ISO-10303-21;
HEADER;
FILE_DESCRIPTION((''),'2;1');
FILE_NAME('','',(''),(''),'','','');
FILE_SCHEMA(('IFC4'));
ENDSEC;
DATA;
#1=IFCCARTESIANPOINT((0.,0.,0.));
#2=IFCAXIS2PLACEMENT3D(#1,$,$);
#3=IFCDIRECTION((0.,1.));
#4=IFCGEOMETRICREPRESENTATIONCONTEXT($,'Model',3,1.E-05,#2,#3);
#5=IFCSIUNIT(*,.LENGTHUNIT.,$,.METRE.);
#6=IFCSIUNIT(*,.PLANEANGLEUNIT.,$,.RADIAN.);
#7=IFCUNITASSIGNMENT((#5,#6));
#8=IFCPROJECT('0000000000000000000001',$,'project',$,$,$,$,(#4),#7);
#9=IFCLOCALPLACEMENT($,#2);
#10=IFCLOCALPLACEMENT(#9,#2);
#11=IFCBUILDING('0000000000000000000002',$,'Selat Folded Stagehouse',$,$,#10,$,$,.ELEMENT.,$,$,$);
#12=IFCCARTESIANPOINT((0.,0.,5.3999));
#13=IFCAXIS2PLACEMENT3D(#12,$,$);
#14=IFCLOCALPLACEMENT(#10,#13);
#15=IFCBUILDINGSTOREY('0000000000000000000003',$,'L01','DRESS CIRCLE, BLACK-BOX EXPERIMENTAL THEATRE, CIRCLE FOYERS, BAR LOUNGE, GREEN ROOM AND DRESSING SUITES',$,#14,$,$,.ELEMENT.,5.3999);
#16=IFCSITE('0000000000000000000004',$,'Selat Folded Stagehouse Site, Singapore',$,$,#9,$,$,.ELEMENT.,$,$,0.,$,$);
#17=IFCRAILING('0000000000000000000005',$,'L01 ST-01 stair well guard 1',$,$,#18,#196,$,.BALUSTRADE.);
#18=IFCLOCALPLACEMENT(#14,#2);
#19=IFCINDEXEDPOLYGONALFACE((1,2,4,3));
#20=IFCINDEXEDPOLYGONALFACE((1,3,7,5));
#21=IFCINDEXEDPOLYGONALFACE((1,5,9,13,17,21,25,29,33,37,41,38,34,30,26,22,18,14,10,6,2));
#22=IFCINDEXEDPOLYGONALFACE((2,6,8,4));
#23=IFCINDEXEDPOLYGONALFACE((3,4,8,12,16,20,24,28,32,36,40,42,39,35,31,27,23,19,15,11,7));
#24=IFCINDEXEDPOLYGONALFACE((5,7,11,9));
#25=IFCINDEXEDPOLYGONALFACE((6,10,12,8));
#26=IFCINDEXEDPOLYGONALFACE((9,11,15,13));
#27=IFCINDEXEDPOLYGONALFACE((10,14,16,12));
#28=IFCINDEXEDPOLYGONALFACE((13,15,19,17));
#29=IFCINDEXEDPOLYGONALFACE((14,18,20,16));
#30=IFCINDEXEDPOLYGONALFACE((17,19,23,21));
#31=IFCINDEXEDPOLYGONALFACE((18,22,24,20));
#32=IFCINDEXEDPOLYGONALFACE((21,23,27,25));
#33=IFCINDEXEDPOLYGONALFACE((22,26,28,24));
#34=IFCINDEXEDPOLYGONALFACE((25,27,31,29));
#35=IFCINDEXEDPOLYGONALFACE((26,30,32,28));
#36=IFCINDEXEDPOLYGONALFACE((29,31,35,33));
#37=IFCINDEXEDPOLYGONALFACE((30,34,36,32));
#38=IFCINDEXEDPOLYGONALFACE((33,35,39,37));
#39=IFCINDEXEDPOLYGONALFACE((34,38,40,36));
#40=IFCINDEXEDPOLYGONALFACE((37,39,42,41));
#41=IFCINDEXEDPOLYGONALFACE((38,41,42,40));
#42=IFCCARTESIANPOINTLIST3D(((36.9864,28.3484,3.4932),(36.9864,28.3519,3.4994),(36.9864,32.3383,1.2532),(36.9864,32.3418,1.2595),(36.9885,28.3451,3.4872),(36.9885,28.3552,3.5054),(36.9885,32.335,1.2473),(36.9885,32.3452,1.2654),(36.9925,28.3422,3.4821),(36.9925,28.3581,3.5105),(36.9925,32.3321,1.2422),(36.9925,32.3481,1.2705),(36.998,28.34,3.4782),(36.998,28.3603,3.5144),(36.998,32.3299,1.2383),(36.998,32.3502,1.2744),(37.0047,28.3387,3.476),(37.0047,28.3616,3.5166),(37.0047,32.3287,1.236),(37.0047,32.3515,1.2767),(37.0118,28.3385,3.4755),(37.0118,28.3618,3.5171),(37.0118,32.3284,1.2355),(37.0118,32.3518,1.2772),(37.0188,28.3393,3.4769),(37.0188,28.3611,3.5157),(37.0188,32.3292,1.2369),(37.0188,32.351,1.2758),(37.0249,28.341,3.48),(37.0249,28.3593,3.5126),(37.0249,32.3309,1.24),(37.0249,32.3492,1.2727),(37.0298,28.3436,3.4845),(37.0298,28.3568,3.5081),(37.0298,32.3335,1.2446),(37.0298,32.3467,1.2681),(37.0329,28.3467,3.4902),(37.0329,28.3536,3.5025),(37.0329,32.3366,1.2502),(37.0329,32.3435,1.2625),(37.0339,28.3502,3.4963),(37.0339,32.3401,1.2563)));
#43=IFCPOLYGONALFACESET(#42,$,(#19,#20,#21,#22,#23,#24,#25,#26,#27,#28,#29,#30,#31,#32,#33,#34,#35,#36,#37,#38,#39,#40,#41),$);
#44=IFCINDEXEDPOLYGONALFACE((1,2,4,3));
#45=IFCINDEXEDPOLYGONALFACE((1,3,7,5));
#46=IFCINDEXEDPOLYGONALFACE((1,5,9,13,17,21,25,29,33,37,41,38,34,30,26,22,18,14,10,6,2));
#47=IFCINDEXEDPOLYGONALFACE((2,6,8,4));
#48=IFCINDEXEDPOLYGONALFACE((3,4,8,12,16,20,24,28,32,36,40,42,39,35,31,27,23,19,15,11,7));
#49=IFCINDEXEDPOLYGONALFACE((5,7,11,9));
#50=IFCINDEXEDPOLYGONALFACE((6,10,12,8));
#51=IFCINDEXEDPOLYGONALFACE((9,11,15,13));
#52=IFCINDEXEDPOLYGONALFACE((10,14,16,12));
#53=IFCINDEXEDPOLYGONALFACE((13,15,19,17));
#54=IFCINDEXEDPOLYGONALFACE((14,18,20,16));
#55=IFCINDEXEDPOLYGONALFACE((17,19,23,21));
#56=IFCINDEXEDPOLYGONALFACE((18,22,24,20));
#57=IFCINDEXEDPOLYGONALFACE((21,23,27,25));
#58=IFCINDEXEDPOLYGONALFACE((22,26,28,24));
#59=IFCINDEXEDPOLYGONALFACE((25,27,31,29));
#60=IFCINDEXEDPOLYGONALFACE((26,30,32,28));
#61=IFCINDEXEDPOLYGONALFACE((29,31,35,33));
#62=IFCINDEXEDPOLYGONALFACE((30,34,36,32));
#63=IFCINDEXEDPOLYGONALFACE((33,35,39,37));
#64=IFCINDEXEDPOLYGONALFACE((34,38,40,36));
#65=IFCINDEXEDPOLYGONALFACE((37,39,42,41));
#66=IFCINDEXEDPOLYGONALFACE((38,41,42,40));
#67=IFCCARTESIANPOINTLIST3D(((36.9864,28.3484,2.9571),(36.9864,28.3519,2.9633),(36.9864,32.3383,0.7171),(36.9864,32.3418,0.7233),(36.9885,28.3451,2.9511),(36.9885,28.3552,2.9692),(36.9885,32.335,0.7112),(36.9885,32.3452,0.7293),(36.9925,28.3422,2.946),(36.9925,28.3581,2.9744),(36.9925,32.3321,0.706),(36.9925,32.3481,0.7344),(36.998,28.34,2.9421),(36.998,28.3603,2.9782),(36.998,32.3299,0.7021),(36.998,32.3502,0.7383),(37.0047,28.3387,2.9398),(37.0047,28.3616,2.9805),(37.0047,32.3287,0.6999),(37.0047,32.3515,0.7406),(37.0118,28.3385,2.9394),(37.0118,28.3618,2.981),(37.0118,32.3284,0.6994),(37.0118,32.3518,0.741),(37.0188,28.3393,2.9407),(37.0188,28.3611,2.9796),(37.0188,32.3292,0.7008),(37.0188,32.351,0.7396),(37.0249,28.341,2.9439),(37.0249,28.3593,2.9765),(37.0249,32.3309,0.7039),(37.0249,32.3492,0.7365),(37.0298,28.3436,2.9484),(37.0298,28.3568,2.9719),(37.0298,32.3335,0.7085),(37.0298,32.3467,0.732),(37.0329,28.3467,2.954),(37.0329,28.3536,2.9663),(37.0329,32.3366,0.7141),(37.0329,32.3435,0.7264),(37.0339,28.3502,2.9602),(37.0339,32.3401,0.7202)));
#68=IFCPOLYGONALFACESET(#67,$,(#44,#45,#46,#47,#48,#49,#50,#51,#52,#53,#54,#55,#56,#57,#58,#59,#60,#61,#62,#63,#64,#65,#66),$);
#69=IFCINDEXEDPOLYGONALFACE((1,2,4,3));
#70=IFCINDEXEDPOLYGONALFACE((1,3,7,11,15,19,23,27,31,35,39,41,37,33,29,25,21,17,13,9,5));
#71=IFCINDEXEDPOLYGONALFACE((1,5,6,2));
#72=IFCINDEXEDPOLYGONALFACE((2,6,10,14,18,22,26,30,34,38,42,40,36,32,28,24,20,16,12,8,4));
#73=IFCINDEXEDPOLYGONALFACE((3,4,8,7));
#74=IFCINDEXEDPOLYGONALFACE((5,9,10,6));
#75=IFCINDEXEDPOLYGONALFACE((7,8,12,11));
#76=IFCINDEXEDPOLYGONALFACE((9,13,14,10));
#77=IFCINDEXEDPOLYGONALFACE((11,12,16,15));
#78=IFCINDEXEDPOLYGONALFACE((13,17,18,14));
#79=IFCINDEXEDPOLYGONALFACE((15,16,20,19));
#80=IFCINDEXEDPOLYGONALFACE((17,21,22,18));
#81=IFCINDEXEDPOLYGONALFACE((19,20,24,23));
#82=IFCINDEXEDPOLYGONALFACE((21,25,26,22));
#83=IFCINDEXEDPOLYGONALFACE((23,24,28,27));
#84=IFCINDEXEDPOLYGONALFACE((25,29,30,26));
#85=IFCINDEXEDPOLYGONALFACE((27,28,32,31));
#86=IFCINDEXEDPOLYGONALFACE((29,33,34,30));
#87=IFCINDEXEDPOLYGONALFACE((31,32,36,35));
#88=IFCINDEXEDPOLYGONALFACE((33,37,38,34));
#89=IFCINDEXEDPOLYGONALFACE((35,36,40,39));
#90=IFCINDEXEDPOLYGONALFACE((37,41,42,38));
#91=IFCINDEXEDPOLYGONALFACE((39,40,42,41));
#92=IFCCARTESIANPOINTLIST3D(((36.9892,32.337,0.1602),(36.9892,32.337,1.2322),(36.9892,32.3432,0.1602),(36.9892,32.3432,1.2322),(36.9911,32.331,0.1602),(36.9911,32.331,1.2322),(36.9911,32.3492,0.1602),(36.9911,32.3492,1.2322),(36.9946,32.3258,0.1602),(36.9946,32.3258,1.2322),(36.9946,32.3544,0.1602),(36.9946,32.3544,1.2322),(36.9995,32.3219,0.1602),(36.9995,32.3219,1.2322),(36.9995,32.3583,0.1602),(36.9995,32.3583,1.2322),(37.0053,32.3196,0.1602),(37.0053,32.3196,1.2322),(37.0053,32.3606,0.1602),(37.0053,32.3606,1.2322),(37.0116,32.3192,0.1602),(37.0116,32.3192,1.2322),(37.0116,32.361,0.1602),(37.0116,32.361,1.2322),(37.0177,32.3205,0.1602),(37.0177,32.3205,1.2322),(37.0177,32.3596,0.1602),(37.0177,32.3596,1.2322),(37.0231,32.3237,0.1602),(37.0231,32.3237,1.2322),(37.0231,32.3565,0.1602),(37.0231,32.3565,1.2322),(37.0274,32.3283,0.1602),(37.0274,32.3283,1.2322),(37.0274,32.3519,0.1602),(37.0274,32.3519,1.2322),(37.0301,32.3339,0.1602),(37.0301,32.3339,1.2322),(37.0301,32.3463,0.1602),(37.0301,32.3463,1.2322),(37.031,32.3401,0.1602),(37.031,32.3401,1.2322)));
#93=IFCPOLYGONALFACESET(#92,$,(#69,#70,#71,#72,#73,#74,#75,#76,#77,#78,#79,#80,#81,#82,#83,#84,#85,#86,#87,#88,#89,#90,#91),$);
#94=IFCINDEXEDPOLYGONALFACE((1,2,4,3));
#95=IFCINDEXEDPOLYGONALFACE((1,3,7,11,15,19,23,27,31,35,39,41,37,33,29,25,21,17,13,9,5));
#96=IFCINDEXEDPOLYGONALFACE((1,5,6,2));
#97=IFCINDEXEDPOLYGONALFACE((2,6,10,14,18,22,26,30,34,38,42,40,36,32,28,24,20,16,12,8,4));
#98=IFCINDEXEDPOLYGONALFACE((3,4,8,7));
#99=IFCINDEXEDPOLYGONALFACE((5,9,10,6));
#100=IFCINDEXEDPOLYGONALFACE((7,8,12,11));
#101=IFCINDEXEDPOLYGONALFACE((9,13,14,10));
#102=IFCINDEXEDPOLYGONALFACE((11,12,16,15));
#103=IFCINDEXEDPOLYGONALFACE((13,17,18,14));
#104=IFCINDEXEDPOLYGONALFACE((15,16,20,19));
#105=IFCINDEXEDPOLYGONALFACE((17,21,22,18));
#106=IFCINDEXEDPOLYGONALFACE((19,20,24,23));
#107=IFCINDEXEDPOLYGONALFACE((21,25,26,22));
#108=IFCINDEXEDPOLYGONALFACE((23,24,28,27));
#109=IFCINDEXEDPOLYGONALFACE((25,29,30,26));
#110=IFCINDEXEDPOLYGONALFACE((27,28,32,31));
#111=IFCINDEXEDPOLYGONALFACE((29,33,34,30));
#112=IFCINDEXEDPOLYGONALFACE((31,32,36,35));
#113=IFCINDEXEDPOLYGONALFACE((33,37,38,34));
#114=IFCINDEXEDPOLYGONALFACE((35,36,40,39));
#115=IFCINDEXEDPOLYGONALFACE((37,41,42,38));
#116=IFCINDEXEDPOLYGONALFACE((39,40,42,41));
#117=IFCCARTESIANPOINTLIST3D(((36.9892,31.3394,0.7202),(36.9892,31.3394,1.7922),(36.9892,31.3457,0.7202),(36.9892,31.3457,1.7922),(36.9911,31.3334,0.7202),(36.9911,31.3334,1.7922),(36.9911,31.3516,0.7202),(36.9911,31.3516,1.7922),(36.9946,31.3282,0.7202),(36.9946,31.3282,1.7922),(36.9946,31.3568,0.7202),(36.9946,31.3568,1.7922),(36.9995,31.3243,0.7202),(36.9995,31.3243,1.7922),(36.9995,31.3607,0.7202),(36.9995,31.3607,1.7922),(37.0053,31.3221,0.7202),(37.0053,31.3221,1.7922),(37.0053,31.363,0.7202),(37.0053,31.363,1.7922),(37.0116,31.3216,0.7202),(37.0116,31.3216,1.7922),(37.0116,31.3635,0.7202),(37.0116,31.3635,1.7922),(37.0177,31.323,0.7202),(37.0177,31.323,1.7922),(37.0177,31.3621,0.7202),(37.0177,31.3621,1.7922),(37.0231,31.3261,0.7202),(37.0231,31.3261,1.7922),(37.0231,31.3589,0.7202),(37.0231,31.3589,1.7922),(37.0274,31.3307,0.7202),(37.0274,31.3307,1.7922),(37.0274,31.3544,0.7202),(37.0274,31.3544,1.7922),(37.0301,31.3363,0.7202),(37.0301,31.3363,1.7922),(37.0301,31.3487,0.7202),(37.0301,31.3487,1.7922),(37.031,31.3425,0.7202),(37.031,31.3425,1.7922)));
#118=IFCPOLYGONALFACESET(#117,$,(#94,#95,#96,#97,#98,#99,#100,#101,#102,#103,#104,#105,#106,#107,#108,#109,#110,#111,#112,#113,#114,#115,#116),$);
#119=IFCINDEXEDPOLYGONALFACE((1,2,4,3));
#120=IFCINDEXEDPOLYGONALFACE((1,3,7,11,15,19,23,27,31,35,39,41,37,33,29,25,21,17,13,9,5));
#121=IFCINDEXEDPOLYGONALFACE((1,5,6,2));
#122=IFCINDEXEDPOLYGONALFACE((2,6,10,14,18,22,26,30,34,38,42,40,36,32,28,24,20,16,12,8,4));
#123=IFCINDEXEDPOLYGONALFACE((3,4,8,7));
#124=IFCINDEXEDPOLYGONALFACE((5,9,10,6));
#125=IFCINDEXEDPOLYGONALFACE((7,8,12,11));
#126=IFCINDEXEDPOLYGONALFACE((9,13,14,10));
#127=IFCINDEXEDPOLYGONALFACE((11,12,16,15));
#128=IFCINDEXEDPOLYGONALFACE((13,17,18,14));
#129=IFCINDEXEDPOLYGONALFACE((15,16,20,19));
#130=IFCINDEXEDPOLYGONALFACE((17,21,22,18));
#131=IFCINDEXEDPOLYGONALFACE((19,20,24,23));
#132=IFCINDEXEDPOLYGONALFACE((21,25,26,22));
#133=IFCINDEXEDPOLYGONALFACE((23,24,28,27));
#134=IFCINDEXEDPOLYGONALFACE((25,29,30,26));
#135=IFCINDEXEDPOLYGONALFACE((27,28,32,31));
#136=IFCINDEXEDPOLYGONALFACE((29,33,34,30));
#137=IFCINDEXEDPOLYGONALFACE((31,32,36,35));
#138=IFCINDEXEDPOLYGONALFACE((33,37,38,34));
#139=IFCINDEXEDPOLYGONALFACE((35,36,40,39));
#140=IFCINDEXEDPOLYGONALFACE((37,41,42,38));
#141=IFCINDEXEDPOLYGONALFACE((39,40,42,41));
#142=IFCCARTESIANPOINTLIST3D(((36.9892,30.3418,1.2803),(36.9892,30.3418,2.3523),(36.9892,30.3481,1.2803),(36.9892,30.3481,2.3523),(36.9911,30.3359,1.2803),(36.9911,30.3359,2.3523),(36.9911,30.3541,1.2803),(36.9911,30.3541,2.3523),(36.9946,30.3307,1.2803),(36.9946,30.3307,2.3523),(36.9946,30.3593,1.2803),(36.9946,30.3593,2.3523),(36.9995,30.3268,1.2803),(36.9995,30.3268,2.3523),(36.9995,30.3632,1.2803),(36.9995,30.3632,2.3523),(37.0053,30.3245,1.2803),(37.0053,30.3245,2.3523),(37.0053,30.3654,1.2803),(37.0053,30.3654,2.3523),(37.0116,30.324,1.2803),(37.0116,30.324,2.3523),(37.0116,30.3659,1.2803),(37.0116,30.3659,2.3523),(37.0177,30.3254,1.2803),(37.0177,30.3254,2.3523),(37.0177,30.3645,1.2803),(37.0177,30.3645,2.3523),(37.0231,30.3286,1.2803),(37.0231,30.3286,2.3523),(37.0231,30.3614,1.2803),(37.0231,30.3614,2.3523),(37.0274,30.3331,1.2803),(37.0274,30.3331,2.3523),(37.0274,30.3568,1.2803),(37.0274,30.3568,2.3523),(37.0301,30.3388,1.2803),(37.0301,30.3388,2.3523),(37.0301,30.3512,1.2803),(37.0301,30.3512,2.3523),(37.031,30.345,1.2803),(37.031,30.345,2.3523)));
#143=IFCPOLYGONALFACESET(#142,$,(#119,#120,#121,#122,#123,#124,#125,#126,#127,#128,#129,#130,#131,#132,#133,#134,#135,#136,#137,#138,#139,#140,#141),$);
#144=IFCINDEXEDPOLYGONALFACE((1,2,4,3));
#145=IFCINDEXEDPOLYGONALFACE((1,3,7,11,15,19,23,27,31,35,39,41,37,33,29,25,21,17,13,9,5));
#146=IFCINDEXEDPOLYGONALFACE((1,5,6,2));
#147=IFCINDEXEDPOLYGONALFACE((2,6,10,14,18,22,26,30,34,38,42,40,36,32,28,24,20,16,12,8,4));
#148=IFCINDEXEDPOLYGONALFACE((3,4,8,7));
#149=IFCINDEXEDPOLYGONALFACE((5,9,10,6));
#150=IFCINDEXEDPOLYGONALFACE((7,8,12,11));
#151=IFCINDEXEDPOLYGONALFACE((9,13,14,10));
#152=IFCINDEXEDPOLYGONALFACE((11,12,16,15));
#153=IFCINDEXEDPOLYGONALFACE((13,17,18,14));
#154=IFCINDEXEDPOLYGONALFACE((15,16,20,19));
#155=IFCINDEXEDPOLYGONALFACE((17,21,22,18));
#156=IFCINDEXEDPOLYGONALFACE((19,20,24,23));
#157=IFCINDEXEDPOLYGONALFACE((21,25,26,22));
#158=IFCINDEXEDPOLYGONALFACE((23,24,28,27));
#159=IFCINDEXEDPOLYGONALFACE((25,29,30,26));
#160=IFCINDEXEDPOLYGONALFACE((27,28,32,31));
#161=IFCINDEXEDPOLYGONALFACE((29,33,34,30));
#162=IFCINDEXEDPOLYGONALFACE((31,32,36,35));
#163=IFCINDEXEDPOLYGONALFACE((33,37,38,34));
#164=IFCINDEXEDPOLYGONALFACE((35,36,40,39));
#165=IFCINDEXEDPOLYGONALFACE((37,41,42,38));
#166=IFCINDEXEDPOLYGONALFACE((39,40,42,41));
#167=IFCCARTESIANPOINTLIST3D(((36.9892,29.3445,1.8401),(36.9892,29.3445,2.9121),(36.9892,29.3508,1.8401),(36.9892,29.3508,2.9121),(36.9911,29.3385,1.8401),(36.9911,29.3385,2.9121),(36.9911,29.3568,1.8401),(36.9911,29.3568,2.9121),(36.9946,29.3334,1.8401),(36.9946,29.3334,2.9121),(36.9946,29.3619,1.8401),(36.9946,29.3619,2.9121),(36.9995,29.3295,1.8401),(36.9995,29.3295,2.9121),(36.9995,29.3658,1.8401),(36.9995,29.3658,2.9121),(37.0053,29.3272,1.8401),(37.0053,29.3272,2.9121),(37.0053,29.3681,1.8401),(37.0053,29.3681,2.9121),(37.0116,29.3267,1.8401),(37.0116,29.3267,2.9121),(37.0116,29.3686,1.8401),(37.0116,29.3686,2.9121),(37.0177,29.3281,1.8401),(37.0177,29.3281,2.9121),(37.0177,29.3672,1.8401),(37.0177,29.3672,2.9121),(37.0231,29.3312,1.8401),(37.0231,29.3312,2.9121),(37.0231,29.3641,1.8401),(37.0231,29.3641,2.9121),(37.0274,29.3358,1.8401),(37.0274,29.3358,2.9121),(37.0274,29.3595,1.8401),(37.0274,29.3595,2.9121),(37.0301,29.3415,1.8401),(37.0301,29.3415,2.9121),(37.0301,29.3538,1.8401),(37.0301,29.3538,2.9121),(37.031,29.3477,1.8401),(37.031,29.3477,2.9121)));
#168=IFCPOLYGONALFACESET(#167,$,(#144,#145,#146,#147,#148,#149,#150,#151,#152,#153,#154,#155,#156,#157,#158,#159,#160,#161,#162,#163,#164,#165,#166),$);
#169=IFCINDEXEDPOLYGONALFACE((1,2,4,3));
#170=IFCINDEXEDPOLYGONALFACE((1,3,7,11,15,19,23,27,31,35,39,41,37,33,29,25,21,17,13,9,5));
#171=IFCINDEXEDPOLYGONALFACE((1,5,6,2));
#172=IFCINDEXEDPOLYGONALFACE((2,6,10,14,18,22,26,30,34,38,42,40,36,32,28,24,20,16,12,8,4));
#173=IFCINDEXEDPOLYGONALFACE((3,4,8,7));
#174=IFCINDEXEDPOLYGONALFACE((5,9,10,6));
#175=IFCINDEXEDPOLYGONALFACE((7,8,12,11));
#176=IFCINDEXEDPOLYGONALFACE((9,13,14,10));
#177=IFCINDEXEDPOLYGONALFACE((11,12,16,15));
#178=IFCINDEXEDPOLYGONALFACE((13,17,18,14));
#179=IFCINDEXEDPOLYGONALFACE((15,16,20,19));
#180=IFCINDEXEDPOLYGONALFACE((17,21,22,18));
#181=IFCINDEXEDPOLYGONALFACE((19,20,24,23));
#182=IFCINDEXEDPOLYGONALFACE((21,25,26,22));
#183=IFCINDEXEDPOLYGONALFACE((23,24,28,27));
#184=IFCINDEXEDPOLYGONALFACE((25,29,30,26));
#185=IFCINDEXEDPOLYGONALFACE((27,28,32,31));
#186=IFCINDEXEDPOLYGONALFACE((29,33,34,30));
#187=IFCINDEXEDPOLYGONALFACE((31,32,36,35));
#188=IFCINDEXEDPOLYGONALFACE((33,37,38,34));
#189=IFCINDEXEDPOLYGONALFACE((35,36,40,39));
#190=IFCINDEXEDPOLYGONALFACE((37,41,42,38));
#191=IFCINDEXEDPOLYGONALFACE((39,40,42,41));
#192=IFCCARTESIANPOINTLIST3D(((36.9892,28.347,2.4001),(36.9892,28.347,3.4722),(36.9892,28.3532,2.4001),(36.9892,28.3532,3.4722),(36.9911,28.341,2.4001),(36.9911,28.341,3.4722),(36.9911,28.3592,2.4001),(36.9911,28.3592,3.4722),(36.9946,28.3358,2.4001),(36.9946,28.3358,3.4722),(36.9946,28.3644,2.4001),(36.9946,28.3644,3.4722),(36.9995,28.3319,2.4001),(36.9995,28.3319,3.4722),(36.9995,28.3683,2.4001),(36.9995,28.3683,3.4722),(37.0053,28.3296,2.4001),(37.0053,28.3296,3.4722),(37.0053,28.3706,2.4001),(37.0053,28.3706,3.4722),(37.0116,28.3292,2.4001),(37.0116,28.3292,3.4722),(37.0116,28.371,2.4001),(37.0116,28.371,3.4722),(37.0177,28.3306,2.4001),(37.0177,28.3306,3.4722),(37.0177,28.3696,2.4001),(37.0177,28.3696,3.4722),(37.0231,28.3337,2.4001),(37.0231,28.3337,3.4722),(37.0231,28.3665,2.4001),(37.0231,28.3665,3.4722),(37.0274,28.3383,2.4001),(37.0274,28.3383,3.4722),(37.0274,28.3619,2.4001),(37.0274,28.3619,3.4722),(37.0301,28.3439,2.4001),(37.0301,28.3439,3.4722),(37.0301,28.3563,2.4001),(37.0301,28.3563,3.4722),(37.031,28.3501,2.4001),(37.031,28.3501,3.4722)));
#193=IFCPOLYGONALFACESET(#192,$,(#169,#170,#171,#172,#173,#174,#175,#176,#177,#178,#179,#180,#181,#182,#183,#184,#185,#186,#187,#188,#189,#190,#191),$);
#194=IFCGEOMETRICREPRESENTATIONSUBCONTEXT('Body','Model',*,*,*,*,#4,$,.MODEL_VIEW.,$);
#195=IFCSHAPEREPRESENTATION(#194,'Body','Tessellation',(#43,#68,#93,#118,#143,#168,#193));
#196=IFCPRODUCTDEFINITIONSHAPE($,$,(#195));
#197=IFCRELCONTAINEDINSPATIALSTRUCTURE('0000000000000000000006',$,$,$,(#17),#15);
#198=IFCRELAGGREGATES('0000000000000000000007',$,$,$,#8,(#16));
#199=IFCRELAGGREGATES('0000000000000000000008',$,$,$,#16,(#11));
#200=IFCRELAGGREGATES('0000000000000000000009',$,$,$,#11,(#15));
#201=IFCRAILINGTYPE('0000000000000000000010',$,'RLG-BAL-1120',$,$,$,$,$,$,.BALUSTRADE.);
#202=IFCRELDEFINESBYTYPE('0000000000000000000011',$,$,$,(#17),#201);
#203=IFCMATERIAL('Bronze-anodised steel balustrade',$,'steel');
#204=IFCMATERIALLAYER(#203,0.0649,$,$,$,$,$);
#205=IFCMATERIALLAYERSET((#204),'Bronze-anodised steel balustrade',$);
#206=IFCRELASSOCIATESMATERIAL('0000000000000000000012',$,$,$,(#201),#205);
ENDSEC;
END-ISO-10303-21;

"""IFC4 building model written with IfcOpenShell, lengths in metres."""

from ifc_helpers import new_model, si_unit, direction, frame, origin, origin_2d, place, context, subcontext, project, spatial, circle, extrude, material, layer, layer_set, type_object, element, save


model = new_model("IFC4")

# Units and contexts
model_context = context("Model", 3, precision=1e-05, world=origin(), true_north=direction((0.0, 1.0)))
body_context = subcontext(model_context, "Body", "Model", "MODEL_VIEW")
ifc_project = project(units=[si_unit("LENGTHUNIT", "METRE"), si_unit("PLANEANGLEUNIT", "RADIAN")], contexts=[model_context])

# Site, building, storey
site_placement = place(None, origin())
site = spatial("IfcSite", under=ifc_project, at=site_placement, Name="Selat Folded Stagehouse Site, Singapore", CompositionType="ELEMENT", RefElevation=0.0)
building_placement = place(site_placement, origin())
building = spatial("IfcBuilding", under=site, at=building_placement, Name="Selat Folded Stagehouse", CompositionType="ELEMENT")
storey_placement = place(building_placement, frame((0.0, 0.0, 5.3999)))
storey = spatial("IfcBuildingStorey", under=building, at=storey_placement, Name="L01", Description="DRESS CIRCLE, BLACK-BOX EXPERIMENTAL THEATRE, CIRCLE FOYERS, BAR LOUNGE, GREEN ROOM AND DRESSING SUITES", CompositionType="ELEMENT", Elevation=5.3999)

# Railing
ifc_material_1 = material(Name="Bronze-anodised steel balustrade", Category="steel")
ifc_layer_1 = layer(ifc_material_1, 0.0649)
ifc_layer_set_1 = layer_set([ifc_layer_1], Name="Bronze-anodised steel balustrade")
railing_type_1 = type_object("IfcRailingType", Name="RLG-BAL-1120", PredefinedType="BALUSTRADE", material=ifc_layer_set_1)
railing_1_placement = place(storey_placement, frame((37.01, 32.3401, 0.1602)))
element("IfcRailing", 1, at=railing_1_placement, inside=storey, type_object=railing_type_1, Name="L01 ST-01 stair well guard 1", PredefinedType="BALUSTRADE", context=body_context, shape_type="SweptSolid", body=[
    extrude(circle(Radius=0.0239, at=origin_2d()), frame((0.0, 0.0, 1.0962), z_axis=(0.0, -0.871984, 0.489534), x_axis=(1.0, 0.0, 0.0)), (0.0, 0.0, 1.0), 4.5757),
    extrude(circle(Radius=0.0239, at=origin_2d()), frame((0.0, 0.0, 0.5601), z_axis=(0.0, -0.871984, 0.489534), x_axis=(1.0, 0.0, 0.0)), (0.0, 0.0, 1.0), 4.5757),
    extrude(circle(Radius=0.021, at=origin_2d()), origin(), (0.0, 0.0, 1.0), 1.072),
    extrude(circle(Radius=0.021, at=origin_2d()), frame((0.0, -0.9976, 0.5601)), (0.0, 0.0, 1.0), 1.072),
    extrude(circle(Radius=0.021, at=origin_2d()), frame((0.0, -1.9951, 1.1201)), (0.0, 0.0, 1.0), 1.072),
    extrude(circle(Radius=0.021, at=origin_2d()), frame((0.0, -2.9924, 1.6799)), (0.0, 0.0, 1.0), 1.072),
    extrude(circle(Radius=0.021, at=origin_2d()), frame((0.0, -3.99, 2.24)), (0.0, 0.0, 1.0), 1.072),
])

save(model, "model.ifc")
